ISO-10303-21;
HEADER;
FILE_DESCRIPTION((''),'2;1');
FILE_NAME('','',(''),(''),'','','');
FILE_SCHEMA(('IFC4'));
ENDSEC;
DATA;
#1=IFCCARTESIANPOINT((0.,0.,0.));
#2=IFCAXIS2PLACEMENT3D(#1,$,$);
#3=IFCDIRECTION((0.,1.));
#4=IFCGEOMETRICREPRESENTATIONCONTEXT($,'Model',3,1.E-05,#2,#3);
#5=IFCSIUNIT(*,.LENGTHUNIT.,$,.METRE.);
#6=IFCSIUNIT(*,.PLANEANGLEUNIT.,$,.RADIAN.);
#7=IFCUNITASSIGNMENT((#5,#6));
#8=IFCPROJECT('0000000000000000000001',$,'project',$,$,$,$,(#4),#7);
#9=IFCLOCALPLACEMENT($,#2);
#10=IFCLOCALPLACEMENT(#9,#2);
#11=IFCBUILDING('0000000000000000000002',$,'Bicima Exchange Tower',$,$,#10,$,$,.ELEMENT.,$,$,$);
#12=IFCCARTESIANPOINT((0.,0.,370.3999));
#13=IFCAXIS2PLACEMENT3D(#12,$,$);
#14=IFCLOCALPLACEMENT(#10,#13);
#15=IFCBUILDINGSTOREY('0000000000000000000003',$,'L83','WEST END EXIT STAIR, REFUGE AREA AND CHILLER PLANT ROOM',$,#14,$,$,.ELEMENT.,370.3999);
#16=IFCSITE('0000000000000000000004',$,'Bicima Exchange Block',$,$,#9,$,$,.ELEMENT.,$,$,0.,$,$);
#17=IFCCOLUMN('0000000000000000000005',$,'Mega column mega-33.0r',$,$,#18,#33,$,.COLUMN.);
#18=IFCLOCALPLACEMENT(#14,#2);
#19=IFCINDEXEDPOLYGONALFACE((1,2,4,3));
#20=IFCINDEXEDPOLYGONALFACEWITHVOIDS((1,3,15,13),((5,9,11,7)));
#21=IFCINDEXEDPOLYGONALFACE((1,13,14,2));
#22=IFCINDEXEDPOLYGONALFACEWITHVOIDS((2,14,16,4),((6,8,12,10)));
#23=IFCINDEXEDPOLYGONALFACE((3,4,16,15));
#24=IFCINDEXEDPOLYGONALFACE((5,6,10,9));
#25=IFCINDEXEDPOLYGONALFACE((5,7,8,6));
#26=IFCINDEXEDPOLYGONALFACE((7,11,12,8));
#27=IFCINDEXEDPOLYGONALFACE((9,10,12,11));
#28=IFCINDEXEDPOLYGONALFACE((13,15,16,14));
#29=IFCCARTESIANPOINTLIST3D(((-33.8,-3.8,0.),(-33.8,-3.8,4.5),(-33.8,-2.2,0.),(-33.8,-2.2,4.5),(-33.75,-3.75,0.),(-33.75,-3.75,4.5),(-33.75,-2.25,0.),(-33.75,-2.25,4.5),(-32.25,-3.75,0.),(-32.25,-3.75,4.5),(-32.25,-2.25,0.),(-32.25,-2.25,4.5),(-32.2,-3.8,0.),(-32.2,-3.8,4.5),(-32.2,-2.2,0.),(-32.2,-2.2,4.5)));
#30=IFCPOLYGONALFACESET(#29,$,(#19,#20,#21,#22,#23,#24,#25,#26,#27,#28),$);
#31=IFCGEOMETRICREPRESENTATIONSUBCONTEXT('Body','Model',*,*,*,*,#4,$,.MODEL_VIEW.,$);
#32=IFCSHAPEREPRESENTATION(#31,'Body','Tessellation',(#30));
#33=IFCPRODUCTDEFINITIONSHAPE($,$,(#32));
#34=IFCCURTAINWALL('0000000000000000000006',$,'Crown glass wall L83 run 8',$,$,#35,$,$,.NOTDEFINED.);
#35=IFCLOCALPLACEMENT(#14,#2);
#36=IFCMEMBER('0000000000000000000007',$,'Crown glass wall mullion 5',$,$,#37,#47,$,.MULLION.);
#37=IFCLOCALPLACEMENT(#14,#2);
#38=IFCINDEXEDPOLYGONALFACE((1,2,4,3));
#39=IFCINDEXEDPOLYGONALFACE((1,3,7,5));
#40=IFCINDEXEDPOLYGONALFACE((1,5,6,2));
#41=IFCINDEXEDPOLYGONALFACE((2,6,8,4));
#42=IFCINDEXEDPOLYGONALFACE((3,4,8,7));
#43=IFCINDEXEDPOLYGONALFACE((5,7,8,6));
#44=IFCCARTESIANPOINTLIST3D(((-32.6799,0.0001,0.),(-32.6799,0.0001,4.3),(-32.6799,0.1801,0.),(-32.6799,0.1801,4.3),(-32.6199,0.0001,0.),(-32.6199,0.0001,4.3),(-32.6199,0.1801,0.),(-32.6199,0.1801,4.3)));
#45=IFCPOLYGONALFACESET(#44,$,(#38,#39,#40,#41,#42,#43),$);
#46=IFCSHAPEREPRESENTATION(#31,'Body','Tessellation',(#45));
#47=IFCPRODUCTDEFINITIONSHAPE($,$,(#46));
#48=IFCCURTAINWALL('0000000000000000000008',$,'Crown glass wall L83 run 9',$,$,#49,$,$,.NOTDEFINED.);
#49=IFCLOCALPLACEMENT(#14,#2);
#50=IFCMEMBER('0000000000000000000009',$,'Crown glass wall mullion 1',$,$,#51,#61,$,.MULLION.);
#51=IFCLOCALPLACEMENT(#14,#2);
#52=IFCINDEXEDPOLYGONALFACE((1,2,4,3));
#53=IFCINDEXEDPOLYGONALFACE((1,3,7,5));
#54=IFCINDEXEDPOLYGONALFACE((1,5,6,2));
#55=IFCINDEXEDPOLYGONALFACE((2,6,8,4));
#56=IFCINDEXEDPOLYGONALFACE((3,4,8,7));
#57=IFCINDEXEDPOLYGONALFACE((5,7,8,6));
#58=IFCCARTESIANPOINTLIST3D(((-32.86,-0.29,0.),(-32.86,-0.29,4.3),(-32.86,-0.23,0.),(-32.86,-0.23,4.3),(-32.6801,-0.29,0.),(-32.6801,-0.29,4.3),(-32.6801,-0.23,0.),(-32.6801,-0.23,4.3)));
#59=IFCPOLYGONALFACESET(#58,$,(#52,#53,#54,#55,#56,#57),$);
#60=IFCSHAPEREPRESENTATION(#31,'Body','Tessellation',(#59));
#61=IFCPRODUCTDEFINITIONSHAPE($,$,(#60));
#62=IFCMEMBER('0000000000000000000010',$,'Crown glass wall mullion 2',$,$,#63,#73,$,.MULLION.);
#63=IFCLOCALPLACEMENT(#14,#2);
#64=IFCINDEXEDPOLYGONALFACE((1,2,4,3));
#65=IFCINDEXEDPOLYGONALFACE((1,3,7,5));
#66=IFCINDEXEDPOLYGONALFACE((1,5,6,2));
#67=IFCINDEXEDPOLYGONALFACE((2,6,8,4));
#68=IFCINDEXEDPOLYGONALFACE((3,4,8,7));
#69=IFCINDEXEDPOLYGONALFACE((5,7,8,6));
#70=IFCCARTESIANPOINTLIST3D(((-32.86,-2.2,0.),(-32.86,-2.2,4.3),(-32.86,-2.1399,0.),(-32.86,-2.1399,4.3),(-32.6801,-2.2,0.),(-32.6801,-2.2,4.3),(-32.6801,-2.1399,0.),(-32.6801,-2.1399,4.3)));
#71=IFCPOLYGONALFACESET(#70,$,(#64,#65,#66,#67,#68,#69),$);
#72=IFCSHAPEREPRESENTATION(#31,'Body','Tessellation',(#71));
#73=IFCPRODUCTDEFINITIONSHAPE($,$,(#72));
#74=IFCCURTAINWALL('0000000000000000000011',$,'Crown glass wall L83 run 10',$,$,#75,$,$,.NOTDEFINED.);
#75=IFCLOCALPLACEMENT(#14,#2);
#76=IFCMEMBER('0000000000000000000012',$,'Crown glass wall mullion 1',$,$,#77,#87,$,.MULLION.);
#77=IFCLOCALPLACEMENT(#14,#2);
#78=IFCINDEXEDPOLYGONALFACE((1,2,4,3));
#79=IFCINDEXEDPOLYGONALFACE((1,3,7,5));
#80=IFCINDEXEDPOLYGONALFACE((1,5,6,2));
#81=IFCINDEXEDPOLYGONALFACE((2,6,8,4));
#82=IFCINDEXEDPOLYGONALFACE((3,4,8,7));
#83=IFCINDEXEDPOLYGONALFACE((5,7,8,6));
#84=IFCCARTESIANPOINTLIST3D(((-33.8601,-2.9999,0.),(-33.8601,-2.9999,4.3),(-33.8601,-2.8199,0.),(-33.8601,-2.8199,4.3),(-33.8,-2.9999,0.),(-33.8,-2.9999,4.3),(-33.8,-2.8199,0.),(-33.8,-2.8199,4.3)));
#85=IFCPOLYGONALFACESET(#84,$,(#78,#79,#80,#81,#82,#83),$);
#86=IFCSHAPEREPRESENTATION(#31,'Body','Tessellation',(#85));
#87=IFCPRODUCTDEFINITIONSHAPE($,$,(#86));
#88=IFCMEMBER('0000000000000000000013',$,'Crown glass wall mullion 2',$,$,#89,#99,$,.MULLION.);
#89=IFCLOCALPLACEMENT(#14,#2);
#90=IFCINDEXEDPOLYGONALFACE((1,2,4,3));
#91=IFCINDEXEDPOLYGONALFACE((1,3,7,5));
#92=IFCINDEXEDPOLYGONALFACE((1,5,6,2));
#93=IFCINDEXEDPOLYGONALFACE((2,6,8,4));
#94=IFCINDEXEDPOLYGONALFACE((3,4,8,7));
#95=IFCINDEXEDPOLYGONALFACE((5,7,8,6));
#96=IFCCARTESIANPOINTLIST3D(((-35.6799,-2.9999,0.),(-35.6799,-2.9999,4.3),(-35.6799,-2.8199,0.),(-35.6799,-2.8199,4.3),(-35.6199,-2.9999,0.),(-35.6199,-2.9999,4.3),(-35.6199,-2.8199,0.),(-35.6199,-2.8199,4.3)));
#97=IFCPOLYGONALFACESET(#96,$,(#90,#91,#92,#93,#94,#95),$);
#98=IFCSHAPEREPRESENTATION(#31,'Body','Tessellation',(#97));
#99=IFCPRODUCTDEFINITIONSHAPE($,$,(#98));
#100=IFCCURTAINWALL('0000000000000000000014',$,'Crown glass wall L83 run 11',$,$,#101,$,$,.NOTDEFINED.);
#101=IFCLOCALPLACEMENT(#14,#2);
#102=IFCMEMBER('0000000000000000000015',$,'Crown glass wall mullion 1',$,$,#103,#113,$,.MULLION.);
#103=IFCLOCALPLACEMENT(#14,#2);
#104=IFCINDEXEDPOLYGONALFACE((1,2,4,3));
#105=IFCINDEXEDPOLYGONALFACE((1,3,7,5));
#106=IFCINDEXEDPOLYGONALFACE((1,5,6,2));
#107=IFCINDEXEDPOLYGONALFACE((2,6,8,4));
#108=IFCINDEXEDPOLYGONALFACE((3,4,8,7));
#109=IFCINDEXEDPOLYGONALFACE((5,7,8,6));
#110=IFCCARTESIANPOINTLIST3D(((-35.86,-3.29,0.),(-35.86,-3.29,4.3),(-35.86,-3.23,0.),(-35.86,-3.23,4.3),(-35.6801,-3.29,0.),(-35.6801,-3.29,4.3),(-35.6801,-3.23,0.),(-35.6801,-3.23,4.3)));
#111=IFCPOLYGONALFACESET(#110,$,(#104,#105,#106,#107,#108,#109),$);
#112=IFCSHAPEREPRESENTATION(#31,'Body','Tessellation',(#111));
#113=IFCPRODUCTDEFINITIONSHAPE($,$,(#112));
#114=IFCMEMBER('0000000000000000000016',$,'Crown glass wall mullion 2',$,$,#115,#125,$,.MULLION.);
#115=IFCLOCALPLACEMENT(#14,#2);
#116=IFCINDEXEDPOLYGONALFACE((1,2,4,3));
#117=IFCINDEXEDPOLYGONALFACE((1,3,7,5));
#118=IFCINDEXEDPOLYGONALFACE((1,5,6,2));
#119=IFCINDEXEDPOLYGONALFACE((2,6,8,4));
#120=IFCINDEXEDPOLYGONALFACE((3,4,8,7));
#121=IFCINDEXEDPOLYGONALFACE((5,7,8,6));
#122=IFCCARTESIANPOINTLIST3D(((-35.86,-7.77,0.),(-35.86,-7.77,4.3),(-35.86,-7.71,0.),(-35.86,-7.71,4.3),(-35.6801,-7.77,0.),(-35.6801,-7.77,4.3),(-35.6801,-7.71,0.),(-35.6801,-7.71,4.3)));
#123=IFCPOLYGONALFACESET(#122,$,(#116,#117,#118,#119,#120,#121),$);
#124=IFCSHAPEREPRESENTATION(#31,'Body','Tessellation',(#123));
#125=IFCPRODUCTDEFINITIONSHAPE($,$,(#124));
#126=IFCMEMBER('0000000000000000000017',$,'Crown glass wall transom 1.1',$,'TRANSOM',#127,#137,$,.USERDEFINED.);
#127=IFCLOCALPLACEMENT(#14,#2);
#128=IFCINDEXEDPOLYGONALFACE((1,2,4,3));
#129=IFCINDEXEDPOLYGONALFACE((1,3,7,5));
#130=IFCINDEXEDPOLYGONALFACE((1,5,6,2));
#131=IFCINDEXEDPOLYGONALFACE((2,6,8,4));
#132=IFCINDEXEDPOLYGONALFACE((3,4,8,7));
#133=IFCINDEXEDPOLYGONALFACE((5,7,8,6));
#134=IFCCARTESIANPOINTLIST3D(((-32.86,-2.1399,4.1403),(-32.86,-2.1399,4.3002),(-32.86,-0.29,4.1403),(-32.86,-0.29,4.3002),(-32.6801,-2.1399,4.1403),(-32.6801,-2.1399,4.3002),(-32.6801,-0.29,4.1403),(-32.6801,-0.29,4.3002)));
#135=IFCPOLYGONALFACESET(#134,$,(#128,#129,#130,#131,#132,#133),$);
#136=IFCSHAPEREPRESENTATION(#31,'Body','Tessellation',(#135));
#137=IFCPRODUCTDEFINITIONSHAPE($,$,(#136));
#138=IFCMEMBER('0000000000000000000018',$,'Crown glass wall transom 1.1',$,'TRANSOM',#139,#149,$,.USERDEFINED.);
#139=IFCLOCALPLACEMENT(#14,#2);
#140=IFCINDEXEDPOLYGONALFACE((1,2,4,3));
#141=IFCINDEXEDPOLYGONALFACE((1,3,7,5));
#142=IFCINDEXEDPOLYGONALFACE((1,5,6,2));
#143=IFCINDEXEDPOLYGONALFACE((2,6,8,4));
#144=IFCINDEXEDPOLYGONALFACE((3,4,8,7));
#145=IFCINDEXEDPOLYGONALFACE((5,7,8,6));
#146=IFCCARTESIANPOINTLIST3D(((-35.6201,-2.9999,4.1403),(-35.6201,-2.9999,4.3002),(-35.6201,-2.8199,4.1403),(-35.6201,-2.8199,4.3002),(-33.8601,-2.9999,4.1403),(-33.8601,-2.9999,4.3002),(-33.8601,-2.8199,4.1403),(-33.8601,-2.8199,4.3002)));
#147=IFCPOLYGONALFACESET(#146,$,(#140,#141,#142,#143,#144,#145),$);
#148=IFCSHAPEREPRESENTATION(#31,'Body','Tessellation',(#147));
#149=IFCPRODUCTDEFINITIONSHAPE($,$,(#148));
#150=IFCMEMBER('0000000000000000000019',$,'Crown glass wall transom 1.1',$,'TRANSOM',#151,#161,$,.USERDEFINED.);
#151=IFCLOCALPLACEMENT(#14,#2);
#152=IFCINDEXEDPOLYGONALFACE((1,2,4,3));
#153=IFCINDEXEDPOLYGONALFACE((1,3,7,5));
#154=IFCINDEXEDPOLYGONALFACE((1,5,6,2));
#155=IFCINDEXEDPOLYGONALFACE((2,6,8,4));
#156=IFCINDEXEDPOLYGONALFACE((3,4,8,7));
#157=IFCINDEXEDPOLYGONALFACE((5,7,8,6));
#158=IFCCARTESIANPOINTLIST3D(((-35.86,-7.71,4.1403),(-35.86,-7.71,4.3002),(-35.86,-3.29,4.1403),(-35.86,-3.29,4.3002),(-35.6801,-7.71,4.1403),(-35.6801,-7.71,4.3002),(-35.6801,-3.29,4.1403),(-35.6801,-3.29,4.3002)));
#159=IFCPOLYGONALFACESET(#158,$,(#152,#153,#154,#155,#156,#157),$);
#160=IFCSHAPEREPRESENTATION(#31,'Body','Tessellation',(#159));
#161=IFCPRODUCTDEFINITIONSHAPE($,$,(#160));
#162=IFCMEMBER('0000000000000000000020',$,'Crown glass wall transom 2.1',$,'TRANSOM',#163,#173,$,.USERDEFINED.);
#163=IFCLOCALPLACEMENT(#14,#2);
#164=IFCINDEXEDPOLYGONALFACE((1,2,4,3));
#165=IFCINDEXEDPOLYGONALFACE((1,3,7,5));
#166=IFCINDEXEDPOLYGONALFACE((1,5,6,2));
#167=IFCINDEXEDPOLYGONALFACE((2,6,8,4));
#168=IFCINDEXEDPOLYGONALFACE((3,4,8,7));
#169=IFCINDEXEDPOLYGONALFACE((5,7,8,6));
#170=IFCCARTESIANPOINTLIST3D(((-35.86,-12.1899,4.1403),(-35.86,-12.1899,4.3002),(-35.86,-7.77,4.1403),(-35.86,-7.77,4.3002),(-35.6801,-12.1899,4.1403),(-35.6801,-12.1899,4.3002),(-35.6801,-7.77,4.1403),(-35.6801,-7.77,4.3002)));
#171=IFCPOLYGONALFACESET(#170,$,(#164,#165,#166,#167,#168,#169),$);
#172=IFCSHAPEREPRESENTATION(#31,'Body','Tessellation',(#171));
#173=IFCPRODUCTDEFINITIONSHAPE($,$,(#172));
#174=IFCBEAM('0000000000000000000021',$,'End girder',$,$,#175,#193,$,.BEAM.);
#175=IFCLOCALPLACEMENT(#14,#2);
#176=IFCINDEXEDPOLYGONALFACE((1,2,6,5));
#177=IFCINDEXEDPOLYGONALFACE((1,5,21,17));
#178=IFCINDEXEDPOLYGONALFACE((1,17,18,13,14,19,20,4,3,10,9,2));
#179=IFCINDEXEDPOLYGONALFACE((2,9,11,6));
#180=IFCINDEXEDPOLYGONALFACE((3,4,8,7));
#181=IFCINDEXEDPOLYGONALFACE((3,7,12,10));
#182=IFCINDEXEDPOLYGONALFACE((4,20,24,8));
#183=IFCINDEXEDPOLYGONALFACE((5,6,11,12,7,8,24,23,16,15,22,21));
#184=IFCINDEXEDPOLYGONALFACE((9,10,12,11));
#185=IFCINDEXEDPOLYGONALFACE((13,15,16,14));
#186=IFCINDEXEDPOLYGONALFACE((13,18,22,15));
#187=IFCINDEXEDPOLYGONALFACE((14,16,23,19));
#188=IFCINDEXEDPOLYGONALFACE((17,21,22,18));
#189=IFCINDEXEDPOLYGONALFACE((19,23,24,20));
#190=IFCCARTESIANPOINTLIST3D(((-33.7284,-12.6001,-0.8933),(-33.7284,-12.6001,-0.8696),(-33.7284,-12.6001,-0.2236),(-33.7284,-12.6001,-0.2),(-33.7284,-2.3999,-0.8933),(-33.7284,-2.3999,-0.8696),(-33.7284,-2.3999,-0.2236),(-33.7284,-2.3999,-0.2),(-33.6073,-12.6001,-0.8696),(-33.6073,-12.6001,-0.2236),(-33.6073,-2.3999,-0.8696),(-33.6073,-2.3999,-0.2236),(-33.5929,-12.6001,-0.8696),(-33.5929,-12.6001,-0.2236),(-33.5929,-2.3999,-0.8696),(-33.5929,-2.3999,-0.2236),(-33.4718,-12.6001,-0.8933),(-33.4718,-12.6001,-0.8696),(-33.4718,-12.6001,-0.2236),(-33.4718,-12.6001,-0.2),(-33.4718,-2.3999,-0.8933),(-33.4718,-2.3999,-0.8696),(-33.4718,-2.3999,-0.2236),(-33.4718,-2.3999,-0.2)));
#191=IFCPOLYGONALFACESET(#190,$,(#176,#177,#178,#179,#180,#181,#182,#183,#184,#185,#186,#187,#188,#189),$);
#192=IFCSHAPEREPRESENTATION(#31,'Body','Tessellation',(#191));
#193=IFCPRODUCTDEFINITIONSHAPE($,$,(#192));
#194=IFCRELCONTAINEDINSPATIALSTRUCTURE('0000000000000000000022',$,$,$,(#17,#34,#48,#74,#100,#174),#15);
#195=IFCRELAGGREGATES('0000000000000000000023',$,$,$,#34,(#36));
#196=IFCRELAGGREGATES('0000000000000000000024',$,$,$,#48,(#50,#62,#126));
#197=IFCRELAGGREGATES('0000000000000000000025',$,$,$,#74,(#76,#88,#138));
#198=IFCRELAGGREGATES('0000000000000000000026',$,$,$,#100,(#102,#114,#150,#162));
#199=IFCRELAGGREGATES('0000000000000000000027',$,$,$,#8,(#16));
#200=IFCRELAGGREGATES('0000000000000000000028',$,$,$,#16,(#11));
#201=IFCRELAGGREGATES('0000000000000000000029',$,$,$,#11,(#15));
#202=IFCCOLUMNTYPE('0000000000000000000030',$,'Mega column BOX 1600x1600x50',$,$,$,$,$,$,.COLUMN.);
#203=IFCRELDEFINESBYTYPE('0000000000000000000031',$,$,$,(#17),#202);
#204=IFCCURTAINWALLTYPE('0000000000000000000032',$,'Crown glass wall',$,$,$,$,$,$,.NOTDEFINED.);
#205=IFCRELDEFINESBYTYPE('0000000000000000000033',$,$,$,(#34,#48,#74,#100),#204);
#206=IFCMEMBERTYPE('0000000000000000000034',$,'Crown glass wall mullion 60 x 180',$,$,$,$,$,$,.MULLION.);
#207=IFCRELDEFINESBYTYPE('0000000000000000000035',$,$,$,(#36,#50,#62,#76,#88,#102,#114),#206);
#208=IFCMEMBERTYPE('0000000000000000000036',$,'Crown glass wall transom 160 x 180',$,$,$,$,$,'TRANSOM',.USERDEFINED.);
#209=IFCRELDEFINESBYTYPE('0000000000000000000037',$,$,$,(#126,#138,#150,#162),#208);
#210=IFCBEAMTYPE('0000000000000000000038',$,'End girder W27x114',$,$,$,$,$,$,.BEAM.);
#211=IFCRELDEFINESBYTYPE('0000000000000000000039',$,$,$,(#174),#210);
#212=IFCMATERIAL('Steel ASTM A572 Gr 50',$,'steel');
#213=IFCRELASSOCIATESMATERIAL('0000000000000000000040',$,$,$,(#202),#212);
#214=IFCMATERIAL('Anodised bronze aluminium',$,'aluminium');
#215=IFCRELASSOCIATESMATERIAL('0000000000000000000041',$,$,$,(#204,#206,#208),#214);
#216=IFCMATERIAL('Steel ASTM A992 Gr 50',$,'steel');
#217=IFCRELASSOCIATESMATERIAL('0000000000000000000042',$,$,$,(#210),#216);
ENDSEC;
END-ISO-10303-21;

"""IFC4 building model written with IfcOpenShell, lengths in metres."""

from ifc_helpers import new_model, si_unit, direction, frame, origin, origin_2d, place, context, subcontext, project, spatial, rectangle, hollow_rectangle, i_section, extrude, material, material_profile, profile_set, type_object, element, aggregate, save


model = new_model("IFC4")

# Units and contexts
model_context = context("Model", 3, precision=1e-05, world=origin(), true_north=direction((0.0, 1.0)))
body_context = subcontext(model_context, "Body", "Model", "MODEL_VIEW")
ifc_project = project(units=[si_unit("LENGTHUNIT", "METRE"), si_unit("PLANEANGLEUNIT", "RADIAN")], contexts=[model_context])

# Site, building, storey
site_placement = place(None, origin())
site = spatial("IfcSite", under=ifc_project, at=site_placement, Name="Bicima Exchange Block", CompositionType="ELEMENT", RefElevation=0.0)
building_placement = place(site_placement, origin())
building = spatial("IfcBuilding", under=site, at=building_placement, Name="Bicima Exchange Tower", CompositionType="ELEMENT")
storey_placement = place(building_placement, frame((0.0, 0.0, 370.3999)))
storey = spatial("IfcBuildingStorey", under=building, at=storey_placement, Name="L83", Description="WEST END EXIT STAIR, REFUGE AREA AND CHILLER PLANT ROOM", CompositionType="ELEMENT", Elevation=370.3999)

# Column
ifc_material_1 = material(Name="Steel ASTM A572 Gr 50", Category="steel")
ifc_material_profile_1 = material_profile(ifc_material_1, hollow_rectangle(XDim=1.6001, YDim=1.6001, WallThickness=0.05, at=origin_2d()))
ifc_profile_set_1 = profile_set([ifc_material_profile_1], Name="Steel ASTM A572 Gr 50")
column_type = type_object("IfcColumnType", Name="Mega column BOX 1600x1600x50", PredefinedType="COLUMN", material=ifc_profile_set_1)
column_placement = place(storey_placement, frame((-33.0, -3.0, 0.0), z_axis=(0.0, 0.0, 1.0), x_axis=(1.0, 0.0, 0.0)))
element("IfcColumn", 1, at=column_placement, inside=storey, type_object=column_type, Name="Mega column mega-33.0r", PredefinedType="COLUMN", context=body_context, shape_type="SweptSolid", body=[
    extrude(hollow_rectangle(XDim=1.6001, YDim=1.6001, WallThickness=0.05, at=origin_2d()), origin(), (0.0, 0.0, 1.0), 4.5),
])

# Curtain wall, member
ifc_material_2 = material(Name="Anodised bronze aluminium", Category="aluminium")
curtain_wall_type = type_object("IfcCurtainWallType", Name="Crown glass wall", PredefinedType="NOTDEFINED", material=ifc_material_2)
curtain_wall_1_placement = place(storey_placement, origin())
curtain_wall_1 = element("IfcCurtainWall", 2, at=curtain_wall_1_placement, inside=storey, type_object=curtain_wall_type, Name="Crown glass wall L83 run 8", PredefinedType="NOTDEFINED")
ifc_material_profile_2 = material_profile(ifc_material_2, rectangle(XDim=0.1799, YDim=0.0601, at=origin_2d()))
ifc_profile_set_2 = profile_set([ifc_material_profile_2], Name="Anodised bronze aluminium")
member_type_1 = type_object("IfcMemberType", Name="Crown glass wall mullion 60 x 180", PredefinedType="MULLION", material=ifc_profile_set_2)
member_1_placement = place(storey_placement, frame((-32.6499, 0.0901, 0.0), z_axis=(0.0, 0.0, 1.0), x_axis=(0.0, -1.0, 0.0)))
member_1 = element("IfcMember", 3, at=member_1_placement, type_object=member_type_1, Name="Crown glass wall mullion 5", PredefinedType="MULLION", context=body_context, shape_type="SweptSolid", body=[
    extrude(rectangle(XDim=0.1799, YDim=0.0601, at=origin_2d()), origin(), (0.0, 0.0, 1.0), 4.3),
])
aggregate(curtain_wall_1, [member_1])

# Curtain walls, members
curtain_wall_2_placement = place(storey_placement, origin())
curtain_wall_2 = element("IfcCurtainWall", 4, at=curtain_wall_2_placement, inside=storey, type_object=curtain_wall_type, Name="Crown glass wall L83 run 9", PredefinedType="NOTDEFINED")
member_2_placement = place(storey_placement, frame((-32.77, -0.26, 0.0), z_axis=(0.0, 0.0, 1.0), x_axis=(1.0, 0.0, 0.0)))
member_2 = element("IfcMember", 5, at=member_2_placement, type_object=member_type_1, Name="Crown glass wall mullion 1", PredefinedType="MULLION", context=body_context, shape_type="SweptSolid", body=[
    extrude(rectangle(XDim=0.1799, YDim=0.0601, at=origin_2d()), origin(), (0.0, 0.0, 1.0), 4.3),
])
member_3_placement = place(storey_placement, frame((-32.77, -2.1699, 0.0), z_axis=(0.0, 0.0, 1.0), x_axis=(1.0, 0.0, 0.0)))
member_3 = element("IfcMember", 6, at=member_3_placement, type_object=member_type_1, Name="Crown glass wall mullion 2", PredefinedType="MULLION", context=body_context, shape_type="SweptSolid", body=[
    extrude(rectangle(XDim=0.1799, YDim=0.0601, at=origin_2d()), origin(), (0.0, 0.0, 1.0), 4.3),
])
curtain_wall_3_placement = place(storey_placement, origin())
curtain_wall_3 = element("IfcCurtainWall", 7, at=curtain_wall_3_placement, inside=storey, type_object=curtain_wall_type, Name="Crown glass wall L83 run 10", PredefinedType="NOTDEFINED")
member_4_placement = place(storey_placement, frame((-33.8301, -2.9099, 0.0), z_axis=(0.0, 0.0, 1.0), x_axis=(0.0, -1.0, 0.0)))
member_4 = element("IfcMember", 8, at=member_4_placement, type_object=member_type_1, Name="Crown glass wall mullion 1", PredefinedType="MULLION", context=body_context, shape_type="SweptSolid", body=[
    extrude(rectangle(XDim=0.1799, YDim=0.0601, at=origin_2d()), origin(), (0.0, 0.0, 1.0), 4.3),
])
member_5_placement = place(storey_placement, frame((-35.6499, -2.9099, 0.0), z_axis=(0.0, 0.0, 1.0), x_axis=(0.0, -1.0, 0.0)))
member_5 = element("IfcMember", 9, at=member_5_placement, type_object=member_type_1, Name="Crown glass wall mullion 2", PredefinedType="MULLION", context=body_context, shape_type="SweptSolid", body=[
    extrude(rectangle(XDim=0.1799, YDim=0.0601, at=origin_2d()), origin(), (0.0, 0.0, 1.0), 4.3),
])
curtain_wall_4_placement = place(storey_placement, origin())
curtain_wall_4 = element("IfcCurtainWall", 10, at=curtain_wall_4_placement, inside=storey, type_object=curtain_wall_type, Name="Crown glass wall L83 run 11", PredefinedType="NOTDEFINED")
member_6_placement = place(storey_placement, frame((-35.77, -3.26, 0.0), z_axis=(0.0, 0.0, 1.0), x_axis=(1.0, 0.0, 0.0)))
member_6 = element("IfcMember", 11, at=member_6_placement, type_object=member_type_1, Name="Crown glass wall mullion 1", PredefinedType="MULLION", context=body_context, shape_type="SweptSolid", body=[
    extrude(rectangle(XDim=0.1799, YDim=0.0601, at=origin_2d()), origin(), (0.0, 0.0, 1.0), 4.3),
])
member_7_placement = place(storey_placement, frame((-35.77, -7.74, 0.0), z_axis=(0.0, 0.0, 1.0), x_axis=(1.0, 0.0, 0.0)))
member_7 = element("IfcMember", 12, at=member_7_placement, type_object=member_type_1, Name="Crown glass wall mullion 2", PredefinedType="MULLION", context=body_context, shape_type="SweptSolid", body=[
    extrude(rectangle(XDim=0.1799, YDim=0.0601, at=origin_2d()), origin(), (0.0, 0.0, 1.0), 4.3),
])

# Members
ifc_material_profile_3 = material_profile(ifc_material_2, rectangle(XDim=0.1799, YDim=0.1599, at=origin_2d()))
ifc_profile_set_3 = profile_set([ifc_material_profile_3], Name="Anodised bronze aluminium")
member_type_2 = type_object("IfcMemberType", Name="Crown glass wall transom 160 x 180", ElementType="TRANSOM", PredefinedType="USERDEFINED", material=ifc_profile_set_3)
member_8_placement = place(storey_placement, frame((-32.77, -0.29, 4.2202), z_axis=(0.0, -1.0, 0.0), x_axis=(1.0, 0.0, 0.0)))
member_8 = element("IfcMember", 13, at=member_8_placement, type_object=member_type_2, Name="Crown glass wall transom 1.1", ObjectType="TRANSOM", PredefinedType="USERDEFINED", context=body_context, shape_type="SweptSolid", body=[
    extrude(rectangle(XDim=0.1799, YDim=0.1599, at=origin_2d()), origin(), (0.0, 0.0, 1.0), 1.8499),
])
member_9_placement = place(storey_placement, frame((-33.8601, -2.9099, 4.2202), z_axis=(-1.0, 0.0, 0.0), x_axis=(0.0, -1.0, 0.0)))
member_9 = element("IfcMember", 14, at=member_9_placement, type_object=member_type_2, Name="Crown glass wall transom 1.1", ObjectType="TRANSOM", PredefinedType="USERDEFINED", context=body_context, shape_type="SweptSolid", body=[
    extrude(rectangle(XDim=0.1799, YDim=0.1599, at=origin_2d()), origin(), (0.0, 0.0, 1.0), 1.76),
])
member_10_placement = place(storey_placement, frame((-35.77, -3.29, 4.2202), z_axis=(0.0, -1.0, 0.0), x_axis=(1.0, 0.0, 0.0)))
member_10 = element("IfcMember", 15, at=member_10_placement, type_object=member_type_2, Name="Crown glass wall transom 1.1", ObjectType="TRANSOM", PredefinedType="USERDEFINED", context=body_context, shape_type="SweptSolid", body=[
    extrude(rectangle(XDim=0.1799, YDim=0.1599, at=origin_2d()), origin(), (0.0, 0.0, 1.0), 4.4199),
])
member_11_placement = place(storey_placement, frame((-35.77, -7.77, 4.2202), z_axis=(0.0, -1.0, 0.0), x_axis=(1.0, 0.0, 0.0)))
member_11 = element("IfcMember", 16, at=member_11_placement, type_object=member_type_2, Name="Crown glass wall transom 2.1", ObjectType="TRANSOM", PredefinedType="USERDEFINED", context=body_context, shape_type="SweptSolid", body=[
    extrude(rectangle(XDim=0.1799, YDim=0.1599, at=origin_2d()), origin(), (0.0, 0.0, 1.0), 4.4199),
])

# Beam
ifc_material_3 = material(Name="Steel ASTM A992 Gr 50", Category="steel")
ifc_material_profile_4 = material_profile(ifc_material_3, i_section(OverallWidth=0.2566, OverallDepth=0.6934, WebThickness=0.0144, FlangeThickness=0.0237, at=origin_2d()))
ifc_profile_set_4 = profile_set([ifc_material_profile_4], Name="Steel ASTM A992 Gr 50")
beam_type = type_object("IfcBeamType", Name="End girder W27x114", PredefinedType="BEAM", material=ifc_profile_set_4)
beam_placement = place(storey_placement, frame((-33.6001, -2.3999, -0.5466), z_axis=(0.0, -1.0, 0.0), x_axis=(1.0, 0.0, 0.0)))
element("IfcBeam", 17, at=beam_placement, inside=storey, type_object=beam_type, Name="End girder", PredefinedType="BEAM", context=body_context, shape_type="SweptSolid", body=[
    extrude(i_section(OverallWidth=0.2566, OverallDepth=0.6934, WebThickness=0.0144, FlangeThickness=0.0237, at=origin_2d()), origin(), (0.0, 0.0, 1.0), 10.2002),
])

aggregate(curtain_wall_2, [member_2, member_3, member_8])
aggregate(curtain_wall_3, [member_4, member_5, member_9])
aggregate(curtain_wall_4, [member_6, member_7, member_10, member_11])

save(model, "model.ifc")
